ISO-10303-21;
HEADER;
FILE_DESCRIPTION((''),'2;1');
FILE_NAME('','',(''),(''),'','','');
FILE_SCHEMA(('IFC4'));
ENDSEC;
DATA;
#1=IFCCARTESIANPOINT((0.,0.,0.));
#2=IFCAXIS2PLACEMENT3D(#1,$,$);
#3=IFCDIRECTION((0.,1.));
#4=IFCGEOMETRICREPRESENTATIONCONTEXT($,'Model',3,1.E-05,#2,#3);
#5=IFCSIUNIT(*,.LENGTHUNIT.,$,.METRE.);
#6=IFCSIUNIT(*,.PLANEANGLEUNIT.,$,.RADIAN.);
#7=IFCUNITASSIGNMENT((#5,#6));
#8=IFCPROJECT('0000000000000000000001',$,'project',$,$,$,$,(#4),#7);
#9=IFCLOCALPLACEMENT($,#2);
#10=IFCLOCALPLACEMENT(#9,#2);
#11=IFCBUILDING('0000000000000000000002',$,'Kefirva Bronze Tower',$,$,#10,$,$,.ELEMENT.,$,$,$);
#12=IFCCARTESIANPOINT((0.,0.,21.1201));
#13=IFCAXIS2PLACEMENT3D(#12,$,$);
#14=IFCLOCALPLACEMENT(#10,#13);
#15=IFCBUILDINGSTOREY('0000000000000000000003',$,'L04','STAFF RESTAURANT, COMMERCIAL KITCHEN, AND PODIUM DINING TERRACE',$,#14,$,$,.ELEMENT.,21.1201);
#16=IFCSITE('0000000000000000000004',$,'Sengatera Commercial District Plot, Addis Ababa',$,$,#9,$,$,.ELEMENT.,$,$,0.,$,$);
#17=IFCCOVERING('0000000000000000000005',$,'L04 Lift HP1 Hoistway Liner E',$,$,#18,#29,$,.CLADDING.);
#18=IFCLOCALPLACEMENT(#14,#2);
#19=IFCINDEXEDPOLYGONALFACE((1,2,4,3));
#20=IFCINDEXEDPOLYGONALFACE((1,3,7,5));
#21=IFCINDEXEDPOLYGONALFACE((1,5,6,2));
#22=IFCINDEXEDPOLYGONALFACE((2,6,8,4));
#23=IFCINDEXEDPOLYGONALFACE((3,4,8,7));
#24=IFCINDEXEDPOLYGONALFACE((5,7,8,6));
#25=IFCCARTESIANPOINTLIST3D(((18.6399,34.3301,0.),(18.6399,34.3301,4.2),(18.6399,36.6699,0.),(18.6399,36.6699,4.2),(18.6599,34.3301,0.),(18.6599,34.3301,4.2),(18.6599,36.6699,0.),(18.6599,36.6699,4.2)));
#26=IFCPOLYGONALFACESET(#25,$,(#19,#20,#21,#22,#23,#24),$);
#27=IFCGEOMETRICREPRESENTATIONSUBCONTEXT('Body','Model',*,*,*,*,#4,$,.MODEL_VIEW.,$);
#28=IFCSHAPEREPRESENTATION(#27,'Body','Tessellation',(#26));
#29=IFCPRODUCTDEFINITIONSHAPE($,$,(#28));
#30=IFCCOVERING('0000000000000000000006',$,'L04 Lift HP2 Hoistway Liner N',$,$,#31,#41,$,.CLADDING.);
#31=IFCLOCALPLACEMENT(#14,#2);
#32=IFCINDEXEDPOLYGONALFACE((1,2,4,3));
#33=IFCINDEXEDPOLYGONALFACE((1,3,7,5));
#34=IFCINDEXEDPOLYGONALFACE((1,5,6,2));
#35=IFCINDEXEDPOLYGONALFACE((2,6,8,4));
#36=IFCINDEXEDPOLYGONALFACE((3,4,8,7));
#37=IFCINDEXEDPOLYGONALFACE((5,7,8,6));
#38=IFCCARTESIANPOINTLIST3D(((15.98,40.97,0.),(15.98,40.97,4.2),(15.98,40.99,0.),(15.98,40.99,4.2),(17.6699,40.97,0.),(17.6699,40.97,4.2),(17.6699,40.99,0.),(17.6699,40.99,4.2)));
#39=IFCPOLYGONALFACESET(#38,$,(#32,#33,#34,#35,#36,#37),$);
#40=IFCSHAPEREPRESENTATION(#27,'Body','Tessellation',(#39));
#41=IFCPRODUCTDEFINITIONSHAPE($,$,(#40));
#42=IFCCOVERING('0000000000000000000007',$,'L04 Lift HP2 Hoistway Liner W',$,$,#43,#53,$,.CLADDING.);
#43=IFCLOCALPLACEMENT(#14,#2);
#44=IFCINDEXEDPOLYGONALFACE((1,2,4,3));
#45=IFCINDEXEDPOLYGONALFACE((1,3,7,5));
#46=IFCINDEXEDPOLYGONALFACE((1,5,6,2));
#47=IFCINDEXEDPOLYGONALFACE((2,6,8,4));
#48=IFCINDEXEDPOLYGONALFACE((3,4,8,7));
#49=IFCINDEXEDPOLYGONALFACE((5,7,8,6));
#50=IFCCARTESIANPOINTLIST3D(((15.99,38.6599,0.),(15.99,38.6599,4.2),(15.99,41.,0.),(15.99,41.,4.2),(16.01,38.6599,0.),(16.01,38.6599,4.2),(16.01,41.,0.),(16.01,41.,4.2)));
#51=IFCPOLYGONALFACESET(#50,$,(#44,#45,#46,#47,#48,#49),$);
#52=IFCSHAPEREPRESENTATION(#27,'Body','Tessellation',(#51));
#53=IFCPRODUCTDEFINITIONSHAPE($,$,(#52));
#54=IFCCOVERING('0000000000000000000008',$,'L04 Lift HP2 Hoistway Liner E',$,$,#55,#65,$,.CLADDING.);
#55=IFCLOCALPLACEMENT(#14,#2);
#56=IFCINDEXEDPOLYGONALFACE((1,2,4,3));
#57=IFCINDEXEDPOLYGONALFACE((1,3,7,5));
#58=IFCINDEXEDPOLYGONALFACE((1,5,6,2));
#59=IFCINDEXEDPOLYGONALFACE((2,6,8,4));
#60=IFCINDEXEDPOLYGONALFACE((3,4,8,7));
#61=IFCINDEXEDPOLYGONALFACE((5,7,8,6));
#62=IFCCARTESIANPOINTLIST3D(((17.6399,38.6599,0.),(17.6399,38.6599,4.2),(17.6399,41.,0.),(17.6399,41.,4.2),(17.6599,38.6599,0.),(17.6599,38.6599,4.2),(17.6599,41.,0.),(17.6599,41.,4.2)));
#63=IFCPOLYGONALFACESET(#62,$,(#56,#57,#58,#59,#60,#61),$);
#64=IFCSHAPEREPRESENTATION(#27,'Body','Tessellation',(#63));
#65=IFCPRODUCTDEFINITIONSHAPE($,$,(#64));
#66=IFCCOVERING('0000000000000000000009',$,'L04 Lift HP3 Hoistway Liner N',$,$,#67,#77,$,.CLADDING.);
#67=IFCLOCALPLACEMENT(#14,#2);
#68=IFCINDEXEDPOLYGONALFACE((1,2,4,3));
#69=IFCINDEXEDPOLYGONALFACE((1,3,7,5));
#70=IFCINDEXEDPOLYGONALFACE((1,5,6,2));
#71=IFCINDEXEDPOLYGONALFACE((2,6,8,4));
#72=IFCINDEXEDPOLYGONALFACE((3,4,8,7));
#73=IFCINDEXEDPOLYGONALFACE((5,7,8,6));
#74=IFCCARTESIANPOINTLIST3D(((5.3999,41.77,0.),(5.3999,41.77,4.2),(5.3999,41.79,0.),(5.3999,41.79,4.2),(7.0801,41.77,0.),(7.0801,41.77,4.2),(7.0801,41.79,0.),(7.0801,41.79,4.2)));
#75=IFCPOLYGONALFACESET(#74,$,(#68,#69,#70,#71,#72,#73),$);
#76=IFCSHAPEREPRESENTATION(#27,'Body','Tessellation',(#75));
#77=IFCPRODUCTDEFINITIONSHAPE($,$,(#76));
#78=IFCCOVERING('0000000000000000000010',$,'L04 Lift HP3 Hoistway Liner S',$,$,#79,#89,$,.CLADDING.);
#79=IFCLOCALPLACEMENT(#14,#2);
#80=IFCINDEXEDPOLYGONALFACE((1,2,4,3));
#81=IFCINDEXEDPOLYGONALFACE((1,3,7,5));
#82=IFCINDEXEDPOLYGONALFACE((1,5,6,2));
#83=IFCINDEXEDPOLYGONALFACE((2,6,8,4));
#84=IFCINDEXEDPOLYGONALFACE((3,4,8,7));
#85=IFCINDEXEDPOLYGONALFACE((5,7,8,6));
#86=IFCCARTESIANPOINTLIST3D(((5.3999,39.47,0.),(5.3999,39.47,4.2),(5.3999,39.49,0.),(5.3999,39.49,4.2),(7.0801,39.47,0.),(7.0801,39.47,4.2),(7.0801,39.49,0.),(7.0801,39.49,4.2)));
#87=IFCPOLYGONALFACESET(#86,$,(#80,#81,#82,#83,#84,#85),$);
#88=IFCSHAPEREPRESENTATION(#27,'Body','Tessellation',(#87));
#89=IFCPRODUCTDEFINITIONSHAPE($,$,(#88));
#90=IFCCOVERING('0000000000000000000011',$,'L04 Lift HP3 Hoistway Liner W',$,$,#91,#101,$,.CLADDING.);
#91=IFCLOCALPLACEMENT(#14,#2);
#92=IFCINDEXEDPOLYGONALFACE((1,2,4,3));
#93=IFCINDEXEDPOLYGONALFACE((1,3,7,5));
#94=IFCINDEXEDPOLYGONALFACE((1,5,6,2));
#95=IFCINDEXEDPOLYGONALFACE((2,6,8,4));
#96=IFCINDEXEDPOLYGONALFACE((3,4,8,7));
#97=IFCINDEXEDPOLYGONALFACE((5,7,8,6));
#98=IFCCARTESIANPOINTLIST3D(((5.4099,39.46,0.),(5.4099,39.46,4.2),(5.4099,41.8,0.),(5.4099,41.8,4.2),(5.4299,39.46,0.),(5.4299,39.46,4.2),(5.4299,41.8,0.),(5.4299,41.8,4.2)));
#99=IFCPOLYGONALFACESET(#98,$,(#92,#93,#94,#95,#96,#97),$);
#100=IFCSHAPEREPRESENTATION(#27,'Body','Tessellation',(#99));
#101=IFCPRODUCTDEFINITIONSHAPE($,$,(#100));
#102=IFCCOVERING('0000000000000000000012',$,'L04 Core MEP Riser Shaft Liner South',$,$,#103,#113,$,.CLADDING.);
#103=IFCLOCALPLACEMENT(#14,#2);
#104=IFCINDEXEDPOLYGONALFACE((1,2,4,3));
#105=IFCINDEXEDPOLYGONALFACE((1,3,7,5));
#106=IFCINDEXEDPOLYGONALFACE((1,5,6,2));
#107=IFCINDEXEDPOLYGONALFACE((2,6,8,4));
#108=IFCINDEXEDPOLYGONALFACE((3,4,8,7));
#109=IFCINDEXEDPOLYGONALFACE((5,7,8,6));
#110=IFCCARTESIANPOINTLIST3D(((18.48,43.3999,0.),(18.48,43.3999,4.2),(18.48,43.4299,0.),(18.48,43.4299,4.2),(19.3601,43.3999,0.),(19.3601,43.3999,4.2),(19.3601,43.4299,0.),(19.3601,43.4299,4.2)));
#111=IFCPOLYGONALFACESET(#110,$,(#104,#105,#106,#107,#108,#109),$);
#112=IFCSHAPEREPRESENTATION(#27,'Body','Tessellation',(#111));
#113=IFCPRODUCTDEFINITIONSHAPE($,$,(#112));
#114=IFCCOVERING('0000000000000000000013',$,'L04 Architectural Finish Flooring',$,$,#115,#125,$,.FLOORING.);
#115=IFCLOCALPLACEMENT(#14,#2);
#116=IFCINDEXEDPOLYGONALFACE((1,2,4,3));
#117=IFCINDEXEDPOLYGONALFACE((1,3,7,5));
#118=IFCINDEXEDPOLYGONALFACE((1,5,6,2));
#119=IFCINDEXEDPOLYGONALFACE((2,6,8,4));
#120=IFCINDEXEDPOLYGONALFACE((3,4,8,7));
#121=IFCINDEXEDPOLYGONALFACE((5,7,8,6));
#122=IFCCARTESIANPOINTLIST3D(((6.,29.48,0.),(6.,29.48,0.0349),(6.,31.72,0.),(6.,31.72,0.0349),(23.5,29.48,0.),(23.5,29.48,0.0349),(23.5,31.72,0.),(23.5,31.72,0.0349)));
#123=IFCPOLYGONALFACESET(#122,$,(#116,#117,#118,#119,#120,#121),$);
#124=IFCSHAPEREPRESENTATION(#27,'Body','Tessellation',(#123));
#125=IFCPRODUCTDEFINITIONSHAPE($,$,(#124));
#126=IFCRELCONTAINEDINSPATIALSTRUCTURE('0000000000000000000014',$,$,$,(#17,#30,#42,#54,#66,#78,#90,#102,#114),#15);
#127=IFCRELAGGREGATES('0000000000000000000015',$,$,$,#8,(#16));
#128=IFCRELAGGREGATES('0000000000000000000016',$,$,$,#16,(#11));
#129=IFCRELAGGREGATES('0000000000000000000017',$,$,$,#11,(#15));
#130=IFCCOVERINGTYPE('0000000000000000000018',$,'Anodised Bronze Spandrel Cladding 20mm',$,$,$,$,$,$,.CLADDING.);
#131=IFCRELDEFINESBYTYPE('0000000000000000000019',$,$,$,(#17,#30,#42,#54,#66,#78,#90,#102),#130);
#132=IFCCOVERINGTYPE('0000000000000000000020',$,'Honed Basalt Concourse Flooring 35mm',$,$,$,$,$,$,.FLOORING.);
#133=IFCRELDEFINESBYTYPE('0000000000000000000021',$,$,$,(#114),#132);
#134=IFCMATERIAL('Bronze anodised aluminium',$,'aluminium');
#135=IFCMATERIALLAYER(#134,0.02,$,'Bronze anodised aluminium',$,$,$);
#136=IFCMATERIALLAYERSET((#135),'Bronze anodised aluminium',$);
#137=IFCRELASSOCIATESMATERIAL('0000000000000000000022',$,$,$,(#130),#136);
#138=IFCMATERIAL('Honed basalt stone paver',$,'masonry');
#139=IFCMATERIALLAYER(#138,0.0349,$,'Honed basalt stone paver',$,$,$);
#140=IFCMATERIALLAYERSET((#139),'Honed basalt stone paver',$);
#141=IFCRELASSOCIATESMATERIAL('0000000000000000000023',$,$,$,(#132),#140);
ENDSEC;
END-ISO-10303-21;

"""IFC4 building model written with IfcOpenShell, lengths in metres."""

from ifc_helpers import new_model, si_unit, direction, frame, origin, place, context, subcontext, project, spatial, polyline, outline, extrude, material, layer, layer_set, type_object, element, save


model = new_model("IFC4")

# Units and contexts
model_context = context("Model", 3, precision=1e-05, world=origin(), true_north=direction((0.0, 1.0)))
body_context = subcontext(model_context, "Body", "Model", "MODEL_VIEW")
ifc_project = project(units=[si_unit("LENGTHUNIT", "METRE"), si_unit("PLANEANGLEUNIT", "RADIAN")], contexts=[model_context])

# Site, building, storey
site_placement = place(None, origin())
site = spatial("IfcSite", under=ifc_project, at=site_placement, Name="Sengatera Commercial District Plot, Addis Ababa", CompositionType="ELEMENT", RefElevation=0.0)
building_placement = place(site_placement, origin())
building = spatial("IfcBuilding", under=site, at=building_placement, Name="Kefirva Bronze Tower", CompositionType="ELEMENT")
storey_placement = place(building_placement, frame((0.0, 0.0, 21.1201)))
storey = spatial("IfcBuildingStorey", under=building, at=storey_placement, Name="L04", Description="STAFF RESTAURANT, COMMERCIAL KITCHEN, AND PODIUM DINING TERRACE", CompositionType="ELEMENT", Elevation=21.1201)

# Shared definitions
ifc_material_1 = material(Name="Bronze anodised aluminium", Category="aluminium")

# Coverings
ifc_layer_1 = layer(ifc_material_1, 0.02, Name="Bronze anodised aluminium")
ifc_layer_set_1 = layer_set([ifc_layer_1], Name="Bronze anodised aluminium")
covering_type_1 = type_object("IfcCoveringType", Name="Anodised Bronze Spandrel Cladding 20mm", PredefinedType="CLADDING", material=ifc_layer_set_1)
covering_1_placement = place(storey_placement, origin())
element("IfcCovering", 1, at=covering_1_placement, inside=storey, type_object=covering_type_1, Name="L04 Lift HP1 Hoistway Liner E", PredefinedType="CLADDING", context=body_context, shape_type="SweptSolid", body=[
    extrude(outline(polyline([(18.6399, 34.3301), (18.6599, 34.3301), (18.6599, 36.6699), (18.6399, 36.6699), (18.6399, 34.3301)])), origin(), (0.0, 0.0, 1.0), 4.2),
])
covering_2_placement = place(storey_placement, origin())
element("IfcCovering", 2, at=covering_2_placement, inside=storey, type_object=covering_type_1, Name="L04 Lift HP2 Hoistway Liner N", PredefinedType="CLADDING", context=body_context, shape_type="SweptSolid", body=[
    extrude(outline(polyline([(15.98, 40.97), (17.6699, 40.97), (17.6699, 40.99), (15.98, 40.99), (15.98, 40.97)])), origin(), (0.0, 0.0, 1.0), 4.2),
])
covering_3_placement = place(storey_placement, origin())
element("IfcCovering", 3, at=covering_3_placement, inside=storey, type_object=covering_type_1, Name="L04 Lift HP2 Hoistway Liner W", PredefinedType="CLADDING", context=body_context, shape_type="SweptSolid", body=[
    extrude(outline(polyline([(15.99, 38.6599), (16.01, 38.6599), (16.01, 41.0), (15.99, 41.0), (15.99, 38.6599)])), origin(), (0.0, 0.0, 1.0), 4.2),
])
covering_4_placement = place(storey_placement, origin())
element("IfcCovering", 4, at=covering_4_placement, inside=storey, type_object=covering_type_1, Name="L04 Lift HP2 Hoistway Liner E", PredefinedType="CLADDING", context=body_context, shape_type="SweptSolid", body=[
    extrude(outline(polyline([(17.6399, 38.6599), (17.6599, 38.6599), (17.6599, 41.0), (17.6399, 41.0), (17.6399, 38.6599)])), origin(), (0.0, 0.0, 1.0), 4.2),
])
covering_5_placement = place(storey_placement, origin())
element("IfcCovering", 5, at=covering_5_placement, inside=storey, type_object=covering_type_1, Name="L04 Lift HP3 Hoistway Liner N", PredefinedType="CLADDING", context=body_context, shape_type="SweptSolid", body=[
    extrude(outline(polyline([(5.3999, 41.77), (7.0801, 41.77), (7.0801, 41.79), (5.3999, 41.79), (5.3999, 41.77)])), origin(), (0.0, 0.0, 1.0), 4.2),
])
covering_6_placement = place(storey_placement, origin())
element("IfcCovering", 6, at=covering_6_placement, inside=storey, type_object=covering_type_1, Name="L04 Lift HP3 Hoistway Liner S", PredefinedType="CLADDING", context=body_context, shape_type="SweptSolid", body=[
    extrude(outline(polyline([(5.3999, 39.47), (7.0801, 39.47), (7.0801, 39.49), (5.3999, 39.49), (5.3999, 39.47)])), origin(), (0.0, 0.0, 1.0), 4.2),
])
covering_7_placement = place(storey_placement, origin())
element("IfcCovering", 7, at=covering_7_placement, inside=storey, type_object=covering_type_1, Name="L04 Lift HP3 Hoistway Liner W", PredefinedType="CLADDING", context=body_context, shape_type="SweptSolid", body=[
    extrude(outline(polyline([(5.4099, 39.46), (5.4299, 39.46), (5.4299, 41.8), (5.4099, 41.8), (5.4099, 39.46)])), origin(), (0.0, 0.0, 1.0), 4.2),
])
covering_8_placement = place(storey_placement, origin())
element("IfcCovering", 8, at=covering_8_placement, inside=storey, type_object=covering_type_1, Name="L04 Core MEP Riser Shaft Liner South", PredefinedType="CLADDING", context=body_context, shape_type="SweptSolid", body=[
    extrude(outline(polyline([(18.48, 43.3999), (19.3601, 43.3999), (19.3601, 43.4299), (18.48, 43.4299), (18.48, 43.3999)])), origin(), (0.0, 0.0, 1.0), 4.2),
])
ifc_material_2 = material(Name="Honed basalt stone paver", Category="masonry")
ifc_layer_2 = layer(ifc_material_2, 0.0349, Name="Honed basalt stone paver")
ifc_layer_set_2 = layer_set([ifc_layer_2], Name="Honed basalt stone paver")
covering_type_2 = type_object("IfcCoveringType", Name="Honed Basalt Concourse Flooring 35mm", PredefinedType="FLOORING", material=ifc_layer_set_2)
covering_9_placement = place(storey_placement, origin())
element("IfcCovering", 9, at=covering_9_placement, inside=storey, type_object=covering_type_2, Name="L04 Architectural Finish Flooring", PredefinedType="FLOORING", context=body_context, shape_type="SweptSolid", body=[
    extrude(outline(polyline([(6.0, 29.48), (23.5, 29.48), (23.5, 31.72), (6.0, 31.72), (6.0, 29.48)])), origin(), (0.0, 0.0, 1.0), 0.0349),
])

save(model, "model.ifc")
